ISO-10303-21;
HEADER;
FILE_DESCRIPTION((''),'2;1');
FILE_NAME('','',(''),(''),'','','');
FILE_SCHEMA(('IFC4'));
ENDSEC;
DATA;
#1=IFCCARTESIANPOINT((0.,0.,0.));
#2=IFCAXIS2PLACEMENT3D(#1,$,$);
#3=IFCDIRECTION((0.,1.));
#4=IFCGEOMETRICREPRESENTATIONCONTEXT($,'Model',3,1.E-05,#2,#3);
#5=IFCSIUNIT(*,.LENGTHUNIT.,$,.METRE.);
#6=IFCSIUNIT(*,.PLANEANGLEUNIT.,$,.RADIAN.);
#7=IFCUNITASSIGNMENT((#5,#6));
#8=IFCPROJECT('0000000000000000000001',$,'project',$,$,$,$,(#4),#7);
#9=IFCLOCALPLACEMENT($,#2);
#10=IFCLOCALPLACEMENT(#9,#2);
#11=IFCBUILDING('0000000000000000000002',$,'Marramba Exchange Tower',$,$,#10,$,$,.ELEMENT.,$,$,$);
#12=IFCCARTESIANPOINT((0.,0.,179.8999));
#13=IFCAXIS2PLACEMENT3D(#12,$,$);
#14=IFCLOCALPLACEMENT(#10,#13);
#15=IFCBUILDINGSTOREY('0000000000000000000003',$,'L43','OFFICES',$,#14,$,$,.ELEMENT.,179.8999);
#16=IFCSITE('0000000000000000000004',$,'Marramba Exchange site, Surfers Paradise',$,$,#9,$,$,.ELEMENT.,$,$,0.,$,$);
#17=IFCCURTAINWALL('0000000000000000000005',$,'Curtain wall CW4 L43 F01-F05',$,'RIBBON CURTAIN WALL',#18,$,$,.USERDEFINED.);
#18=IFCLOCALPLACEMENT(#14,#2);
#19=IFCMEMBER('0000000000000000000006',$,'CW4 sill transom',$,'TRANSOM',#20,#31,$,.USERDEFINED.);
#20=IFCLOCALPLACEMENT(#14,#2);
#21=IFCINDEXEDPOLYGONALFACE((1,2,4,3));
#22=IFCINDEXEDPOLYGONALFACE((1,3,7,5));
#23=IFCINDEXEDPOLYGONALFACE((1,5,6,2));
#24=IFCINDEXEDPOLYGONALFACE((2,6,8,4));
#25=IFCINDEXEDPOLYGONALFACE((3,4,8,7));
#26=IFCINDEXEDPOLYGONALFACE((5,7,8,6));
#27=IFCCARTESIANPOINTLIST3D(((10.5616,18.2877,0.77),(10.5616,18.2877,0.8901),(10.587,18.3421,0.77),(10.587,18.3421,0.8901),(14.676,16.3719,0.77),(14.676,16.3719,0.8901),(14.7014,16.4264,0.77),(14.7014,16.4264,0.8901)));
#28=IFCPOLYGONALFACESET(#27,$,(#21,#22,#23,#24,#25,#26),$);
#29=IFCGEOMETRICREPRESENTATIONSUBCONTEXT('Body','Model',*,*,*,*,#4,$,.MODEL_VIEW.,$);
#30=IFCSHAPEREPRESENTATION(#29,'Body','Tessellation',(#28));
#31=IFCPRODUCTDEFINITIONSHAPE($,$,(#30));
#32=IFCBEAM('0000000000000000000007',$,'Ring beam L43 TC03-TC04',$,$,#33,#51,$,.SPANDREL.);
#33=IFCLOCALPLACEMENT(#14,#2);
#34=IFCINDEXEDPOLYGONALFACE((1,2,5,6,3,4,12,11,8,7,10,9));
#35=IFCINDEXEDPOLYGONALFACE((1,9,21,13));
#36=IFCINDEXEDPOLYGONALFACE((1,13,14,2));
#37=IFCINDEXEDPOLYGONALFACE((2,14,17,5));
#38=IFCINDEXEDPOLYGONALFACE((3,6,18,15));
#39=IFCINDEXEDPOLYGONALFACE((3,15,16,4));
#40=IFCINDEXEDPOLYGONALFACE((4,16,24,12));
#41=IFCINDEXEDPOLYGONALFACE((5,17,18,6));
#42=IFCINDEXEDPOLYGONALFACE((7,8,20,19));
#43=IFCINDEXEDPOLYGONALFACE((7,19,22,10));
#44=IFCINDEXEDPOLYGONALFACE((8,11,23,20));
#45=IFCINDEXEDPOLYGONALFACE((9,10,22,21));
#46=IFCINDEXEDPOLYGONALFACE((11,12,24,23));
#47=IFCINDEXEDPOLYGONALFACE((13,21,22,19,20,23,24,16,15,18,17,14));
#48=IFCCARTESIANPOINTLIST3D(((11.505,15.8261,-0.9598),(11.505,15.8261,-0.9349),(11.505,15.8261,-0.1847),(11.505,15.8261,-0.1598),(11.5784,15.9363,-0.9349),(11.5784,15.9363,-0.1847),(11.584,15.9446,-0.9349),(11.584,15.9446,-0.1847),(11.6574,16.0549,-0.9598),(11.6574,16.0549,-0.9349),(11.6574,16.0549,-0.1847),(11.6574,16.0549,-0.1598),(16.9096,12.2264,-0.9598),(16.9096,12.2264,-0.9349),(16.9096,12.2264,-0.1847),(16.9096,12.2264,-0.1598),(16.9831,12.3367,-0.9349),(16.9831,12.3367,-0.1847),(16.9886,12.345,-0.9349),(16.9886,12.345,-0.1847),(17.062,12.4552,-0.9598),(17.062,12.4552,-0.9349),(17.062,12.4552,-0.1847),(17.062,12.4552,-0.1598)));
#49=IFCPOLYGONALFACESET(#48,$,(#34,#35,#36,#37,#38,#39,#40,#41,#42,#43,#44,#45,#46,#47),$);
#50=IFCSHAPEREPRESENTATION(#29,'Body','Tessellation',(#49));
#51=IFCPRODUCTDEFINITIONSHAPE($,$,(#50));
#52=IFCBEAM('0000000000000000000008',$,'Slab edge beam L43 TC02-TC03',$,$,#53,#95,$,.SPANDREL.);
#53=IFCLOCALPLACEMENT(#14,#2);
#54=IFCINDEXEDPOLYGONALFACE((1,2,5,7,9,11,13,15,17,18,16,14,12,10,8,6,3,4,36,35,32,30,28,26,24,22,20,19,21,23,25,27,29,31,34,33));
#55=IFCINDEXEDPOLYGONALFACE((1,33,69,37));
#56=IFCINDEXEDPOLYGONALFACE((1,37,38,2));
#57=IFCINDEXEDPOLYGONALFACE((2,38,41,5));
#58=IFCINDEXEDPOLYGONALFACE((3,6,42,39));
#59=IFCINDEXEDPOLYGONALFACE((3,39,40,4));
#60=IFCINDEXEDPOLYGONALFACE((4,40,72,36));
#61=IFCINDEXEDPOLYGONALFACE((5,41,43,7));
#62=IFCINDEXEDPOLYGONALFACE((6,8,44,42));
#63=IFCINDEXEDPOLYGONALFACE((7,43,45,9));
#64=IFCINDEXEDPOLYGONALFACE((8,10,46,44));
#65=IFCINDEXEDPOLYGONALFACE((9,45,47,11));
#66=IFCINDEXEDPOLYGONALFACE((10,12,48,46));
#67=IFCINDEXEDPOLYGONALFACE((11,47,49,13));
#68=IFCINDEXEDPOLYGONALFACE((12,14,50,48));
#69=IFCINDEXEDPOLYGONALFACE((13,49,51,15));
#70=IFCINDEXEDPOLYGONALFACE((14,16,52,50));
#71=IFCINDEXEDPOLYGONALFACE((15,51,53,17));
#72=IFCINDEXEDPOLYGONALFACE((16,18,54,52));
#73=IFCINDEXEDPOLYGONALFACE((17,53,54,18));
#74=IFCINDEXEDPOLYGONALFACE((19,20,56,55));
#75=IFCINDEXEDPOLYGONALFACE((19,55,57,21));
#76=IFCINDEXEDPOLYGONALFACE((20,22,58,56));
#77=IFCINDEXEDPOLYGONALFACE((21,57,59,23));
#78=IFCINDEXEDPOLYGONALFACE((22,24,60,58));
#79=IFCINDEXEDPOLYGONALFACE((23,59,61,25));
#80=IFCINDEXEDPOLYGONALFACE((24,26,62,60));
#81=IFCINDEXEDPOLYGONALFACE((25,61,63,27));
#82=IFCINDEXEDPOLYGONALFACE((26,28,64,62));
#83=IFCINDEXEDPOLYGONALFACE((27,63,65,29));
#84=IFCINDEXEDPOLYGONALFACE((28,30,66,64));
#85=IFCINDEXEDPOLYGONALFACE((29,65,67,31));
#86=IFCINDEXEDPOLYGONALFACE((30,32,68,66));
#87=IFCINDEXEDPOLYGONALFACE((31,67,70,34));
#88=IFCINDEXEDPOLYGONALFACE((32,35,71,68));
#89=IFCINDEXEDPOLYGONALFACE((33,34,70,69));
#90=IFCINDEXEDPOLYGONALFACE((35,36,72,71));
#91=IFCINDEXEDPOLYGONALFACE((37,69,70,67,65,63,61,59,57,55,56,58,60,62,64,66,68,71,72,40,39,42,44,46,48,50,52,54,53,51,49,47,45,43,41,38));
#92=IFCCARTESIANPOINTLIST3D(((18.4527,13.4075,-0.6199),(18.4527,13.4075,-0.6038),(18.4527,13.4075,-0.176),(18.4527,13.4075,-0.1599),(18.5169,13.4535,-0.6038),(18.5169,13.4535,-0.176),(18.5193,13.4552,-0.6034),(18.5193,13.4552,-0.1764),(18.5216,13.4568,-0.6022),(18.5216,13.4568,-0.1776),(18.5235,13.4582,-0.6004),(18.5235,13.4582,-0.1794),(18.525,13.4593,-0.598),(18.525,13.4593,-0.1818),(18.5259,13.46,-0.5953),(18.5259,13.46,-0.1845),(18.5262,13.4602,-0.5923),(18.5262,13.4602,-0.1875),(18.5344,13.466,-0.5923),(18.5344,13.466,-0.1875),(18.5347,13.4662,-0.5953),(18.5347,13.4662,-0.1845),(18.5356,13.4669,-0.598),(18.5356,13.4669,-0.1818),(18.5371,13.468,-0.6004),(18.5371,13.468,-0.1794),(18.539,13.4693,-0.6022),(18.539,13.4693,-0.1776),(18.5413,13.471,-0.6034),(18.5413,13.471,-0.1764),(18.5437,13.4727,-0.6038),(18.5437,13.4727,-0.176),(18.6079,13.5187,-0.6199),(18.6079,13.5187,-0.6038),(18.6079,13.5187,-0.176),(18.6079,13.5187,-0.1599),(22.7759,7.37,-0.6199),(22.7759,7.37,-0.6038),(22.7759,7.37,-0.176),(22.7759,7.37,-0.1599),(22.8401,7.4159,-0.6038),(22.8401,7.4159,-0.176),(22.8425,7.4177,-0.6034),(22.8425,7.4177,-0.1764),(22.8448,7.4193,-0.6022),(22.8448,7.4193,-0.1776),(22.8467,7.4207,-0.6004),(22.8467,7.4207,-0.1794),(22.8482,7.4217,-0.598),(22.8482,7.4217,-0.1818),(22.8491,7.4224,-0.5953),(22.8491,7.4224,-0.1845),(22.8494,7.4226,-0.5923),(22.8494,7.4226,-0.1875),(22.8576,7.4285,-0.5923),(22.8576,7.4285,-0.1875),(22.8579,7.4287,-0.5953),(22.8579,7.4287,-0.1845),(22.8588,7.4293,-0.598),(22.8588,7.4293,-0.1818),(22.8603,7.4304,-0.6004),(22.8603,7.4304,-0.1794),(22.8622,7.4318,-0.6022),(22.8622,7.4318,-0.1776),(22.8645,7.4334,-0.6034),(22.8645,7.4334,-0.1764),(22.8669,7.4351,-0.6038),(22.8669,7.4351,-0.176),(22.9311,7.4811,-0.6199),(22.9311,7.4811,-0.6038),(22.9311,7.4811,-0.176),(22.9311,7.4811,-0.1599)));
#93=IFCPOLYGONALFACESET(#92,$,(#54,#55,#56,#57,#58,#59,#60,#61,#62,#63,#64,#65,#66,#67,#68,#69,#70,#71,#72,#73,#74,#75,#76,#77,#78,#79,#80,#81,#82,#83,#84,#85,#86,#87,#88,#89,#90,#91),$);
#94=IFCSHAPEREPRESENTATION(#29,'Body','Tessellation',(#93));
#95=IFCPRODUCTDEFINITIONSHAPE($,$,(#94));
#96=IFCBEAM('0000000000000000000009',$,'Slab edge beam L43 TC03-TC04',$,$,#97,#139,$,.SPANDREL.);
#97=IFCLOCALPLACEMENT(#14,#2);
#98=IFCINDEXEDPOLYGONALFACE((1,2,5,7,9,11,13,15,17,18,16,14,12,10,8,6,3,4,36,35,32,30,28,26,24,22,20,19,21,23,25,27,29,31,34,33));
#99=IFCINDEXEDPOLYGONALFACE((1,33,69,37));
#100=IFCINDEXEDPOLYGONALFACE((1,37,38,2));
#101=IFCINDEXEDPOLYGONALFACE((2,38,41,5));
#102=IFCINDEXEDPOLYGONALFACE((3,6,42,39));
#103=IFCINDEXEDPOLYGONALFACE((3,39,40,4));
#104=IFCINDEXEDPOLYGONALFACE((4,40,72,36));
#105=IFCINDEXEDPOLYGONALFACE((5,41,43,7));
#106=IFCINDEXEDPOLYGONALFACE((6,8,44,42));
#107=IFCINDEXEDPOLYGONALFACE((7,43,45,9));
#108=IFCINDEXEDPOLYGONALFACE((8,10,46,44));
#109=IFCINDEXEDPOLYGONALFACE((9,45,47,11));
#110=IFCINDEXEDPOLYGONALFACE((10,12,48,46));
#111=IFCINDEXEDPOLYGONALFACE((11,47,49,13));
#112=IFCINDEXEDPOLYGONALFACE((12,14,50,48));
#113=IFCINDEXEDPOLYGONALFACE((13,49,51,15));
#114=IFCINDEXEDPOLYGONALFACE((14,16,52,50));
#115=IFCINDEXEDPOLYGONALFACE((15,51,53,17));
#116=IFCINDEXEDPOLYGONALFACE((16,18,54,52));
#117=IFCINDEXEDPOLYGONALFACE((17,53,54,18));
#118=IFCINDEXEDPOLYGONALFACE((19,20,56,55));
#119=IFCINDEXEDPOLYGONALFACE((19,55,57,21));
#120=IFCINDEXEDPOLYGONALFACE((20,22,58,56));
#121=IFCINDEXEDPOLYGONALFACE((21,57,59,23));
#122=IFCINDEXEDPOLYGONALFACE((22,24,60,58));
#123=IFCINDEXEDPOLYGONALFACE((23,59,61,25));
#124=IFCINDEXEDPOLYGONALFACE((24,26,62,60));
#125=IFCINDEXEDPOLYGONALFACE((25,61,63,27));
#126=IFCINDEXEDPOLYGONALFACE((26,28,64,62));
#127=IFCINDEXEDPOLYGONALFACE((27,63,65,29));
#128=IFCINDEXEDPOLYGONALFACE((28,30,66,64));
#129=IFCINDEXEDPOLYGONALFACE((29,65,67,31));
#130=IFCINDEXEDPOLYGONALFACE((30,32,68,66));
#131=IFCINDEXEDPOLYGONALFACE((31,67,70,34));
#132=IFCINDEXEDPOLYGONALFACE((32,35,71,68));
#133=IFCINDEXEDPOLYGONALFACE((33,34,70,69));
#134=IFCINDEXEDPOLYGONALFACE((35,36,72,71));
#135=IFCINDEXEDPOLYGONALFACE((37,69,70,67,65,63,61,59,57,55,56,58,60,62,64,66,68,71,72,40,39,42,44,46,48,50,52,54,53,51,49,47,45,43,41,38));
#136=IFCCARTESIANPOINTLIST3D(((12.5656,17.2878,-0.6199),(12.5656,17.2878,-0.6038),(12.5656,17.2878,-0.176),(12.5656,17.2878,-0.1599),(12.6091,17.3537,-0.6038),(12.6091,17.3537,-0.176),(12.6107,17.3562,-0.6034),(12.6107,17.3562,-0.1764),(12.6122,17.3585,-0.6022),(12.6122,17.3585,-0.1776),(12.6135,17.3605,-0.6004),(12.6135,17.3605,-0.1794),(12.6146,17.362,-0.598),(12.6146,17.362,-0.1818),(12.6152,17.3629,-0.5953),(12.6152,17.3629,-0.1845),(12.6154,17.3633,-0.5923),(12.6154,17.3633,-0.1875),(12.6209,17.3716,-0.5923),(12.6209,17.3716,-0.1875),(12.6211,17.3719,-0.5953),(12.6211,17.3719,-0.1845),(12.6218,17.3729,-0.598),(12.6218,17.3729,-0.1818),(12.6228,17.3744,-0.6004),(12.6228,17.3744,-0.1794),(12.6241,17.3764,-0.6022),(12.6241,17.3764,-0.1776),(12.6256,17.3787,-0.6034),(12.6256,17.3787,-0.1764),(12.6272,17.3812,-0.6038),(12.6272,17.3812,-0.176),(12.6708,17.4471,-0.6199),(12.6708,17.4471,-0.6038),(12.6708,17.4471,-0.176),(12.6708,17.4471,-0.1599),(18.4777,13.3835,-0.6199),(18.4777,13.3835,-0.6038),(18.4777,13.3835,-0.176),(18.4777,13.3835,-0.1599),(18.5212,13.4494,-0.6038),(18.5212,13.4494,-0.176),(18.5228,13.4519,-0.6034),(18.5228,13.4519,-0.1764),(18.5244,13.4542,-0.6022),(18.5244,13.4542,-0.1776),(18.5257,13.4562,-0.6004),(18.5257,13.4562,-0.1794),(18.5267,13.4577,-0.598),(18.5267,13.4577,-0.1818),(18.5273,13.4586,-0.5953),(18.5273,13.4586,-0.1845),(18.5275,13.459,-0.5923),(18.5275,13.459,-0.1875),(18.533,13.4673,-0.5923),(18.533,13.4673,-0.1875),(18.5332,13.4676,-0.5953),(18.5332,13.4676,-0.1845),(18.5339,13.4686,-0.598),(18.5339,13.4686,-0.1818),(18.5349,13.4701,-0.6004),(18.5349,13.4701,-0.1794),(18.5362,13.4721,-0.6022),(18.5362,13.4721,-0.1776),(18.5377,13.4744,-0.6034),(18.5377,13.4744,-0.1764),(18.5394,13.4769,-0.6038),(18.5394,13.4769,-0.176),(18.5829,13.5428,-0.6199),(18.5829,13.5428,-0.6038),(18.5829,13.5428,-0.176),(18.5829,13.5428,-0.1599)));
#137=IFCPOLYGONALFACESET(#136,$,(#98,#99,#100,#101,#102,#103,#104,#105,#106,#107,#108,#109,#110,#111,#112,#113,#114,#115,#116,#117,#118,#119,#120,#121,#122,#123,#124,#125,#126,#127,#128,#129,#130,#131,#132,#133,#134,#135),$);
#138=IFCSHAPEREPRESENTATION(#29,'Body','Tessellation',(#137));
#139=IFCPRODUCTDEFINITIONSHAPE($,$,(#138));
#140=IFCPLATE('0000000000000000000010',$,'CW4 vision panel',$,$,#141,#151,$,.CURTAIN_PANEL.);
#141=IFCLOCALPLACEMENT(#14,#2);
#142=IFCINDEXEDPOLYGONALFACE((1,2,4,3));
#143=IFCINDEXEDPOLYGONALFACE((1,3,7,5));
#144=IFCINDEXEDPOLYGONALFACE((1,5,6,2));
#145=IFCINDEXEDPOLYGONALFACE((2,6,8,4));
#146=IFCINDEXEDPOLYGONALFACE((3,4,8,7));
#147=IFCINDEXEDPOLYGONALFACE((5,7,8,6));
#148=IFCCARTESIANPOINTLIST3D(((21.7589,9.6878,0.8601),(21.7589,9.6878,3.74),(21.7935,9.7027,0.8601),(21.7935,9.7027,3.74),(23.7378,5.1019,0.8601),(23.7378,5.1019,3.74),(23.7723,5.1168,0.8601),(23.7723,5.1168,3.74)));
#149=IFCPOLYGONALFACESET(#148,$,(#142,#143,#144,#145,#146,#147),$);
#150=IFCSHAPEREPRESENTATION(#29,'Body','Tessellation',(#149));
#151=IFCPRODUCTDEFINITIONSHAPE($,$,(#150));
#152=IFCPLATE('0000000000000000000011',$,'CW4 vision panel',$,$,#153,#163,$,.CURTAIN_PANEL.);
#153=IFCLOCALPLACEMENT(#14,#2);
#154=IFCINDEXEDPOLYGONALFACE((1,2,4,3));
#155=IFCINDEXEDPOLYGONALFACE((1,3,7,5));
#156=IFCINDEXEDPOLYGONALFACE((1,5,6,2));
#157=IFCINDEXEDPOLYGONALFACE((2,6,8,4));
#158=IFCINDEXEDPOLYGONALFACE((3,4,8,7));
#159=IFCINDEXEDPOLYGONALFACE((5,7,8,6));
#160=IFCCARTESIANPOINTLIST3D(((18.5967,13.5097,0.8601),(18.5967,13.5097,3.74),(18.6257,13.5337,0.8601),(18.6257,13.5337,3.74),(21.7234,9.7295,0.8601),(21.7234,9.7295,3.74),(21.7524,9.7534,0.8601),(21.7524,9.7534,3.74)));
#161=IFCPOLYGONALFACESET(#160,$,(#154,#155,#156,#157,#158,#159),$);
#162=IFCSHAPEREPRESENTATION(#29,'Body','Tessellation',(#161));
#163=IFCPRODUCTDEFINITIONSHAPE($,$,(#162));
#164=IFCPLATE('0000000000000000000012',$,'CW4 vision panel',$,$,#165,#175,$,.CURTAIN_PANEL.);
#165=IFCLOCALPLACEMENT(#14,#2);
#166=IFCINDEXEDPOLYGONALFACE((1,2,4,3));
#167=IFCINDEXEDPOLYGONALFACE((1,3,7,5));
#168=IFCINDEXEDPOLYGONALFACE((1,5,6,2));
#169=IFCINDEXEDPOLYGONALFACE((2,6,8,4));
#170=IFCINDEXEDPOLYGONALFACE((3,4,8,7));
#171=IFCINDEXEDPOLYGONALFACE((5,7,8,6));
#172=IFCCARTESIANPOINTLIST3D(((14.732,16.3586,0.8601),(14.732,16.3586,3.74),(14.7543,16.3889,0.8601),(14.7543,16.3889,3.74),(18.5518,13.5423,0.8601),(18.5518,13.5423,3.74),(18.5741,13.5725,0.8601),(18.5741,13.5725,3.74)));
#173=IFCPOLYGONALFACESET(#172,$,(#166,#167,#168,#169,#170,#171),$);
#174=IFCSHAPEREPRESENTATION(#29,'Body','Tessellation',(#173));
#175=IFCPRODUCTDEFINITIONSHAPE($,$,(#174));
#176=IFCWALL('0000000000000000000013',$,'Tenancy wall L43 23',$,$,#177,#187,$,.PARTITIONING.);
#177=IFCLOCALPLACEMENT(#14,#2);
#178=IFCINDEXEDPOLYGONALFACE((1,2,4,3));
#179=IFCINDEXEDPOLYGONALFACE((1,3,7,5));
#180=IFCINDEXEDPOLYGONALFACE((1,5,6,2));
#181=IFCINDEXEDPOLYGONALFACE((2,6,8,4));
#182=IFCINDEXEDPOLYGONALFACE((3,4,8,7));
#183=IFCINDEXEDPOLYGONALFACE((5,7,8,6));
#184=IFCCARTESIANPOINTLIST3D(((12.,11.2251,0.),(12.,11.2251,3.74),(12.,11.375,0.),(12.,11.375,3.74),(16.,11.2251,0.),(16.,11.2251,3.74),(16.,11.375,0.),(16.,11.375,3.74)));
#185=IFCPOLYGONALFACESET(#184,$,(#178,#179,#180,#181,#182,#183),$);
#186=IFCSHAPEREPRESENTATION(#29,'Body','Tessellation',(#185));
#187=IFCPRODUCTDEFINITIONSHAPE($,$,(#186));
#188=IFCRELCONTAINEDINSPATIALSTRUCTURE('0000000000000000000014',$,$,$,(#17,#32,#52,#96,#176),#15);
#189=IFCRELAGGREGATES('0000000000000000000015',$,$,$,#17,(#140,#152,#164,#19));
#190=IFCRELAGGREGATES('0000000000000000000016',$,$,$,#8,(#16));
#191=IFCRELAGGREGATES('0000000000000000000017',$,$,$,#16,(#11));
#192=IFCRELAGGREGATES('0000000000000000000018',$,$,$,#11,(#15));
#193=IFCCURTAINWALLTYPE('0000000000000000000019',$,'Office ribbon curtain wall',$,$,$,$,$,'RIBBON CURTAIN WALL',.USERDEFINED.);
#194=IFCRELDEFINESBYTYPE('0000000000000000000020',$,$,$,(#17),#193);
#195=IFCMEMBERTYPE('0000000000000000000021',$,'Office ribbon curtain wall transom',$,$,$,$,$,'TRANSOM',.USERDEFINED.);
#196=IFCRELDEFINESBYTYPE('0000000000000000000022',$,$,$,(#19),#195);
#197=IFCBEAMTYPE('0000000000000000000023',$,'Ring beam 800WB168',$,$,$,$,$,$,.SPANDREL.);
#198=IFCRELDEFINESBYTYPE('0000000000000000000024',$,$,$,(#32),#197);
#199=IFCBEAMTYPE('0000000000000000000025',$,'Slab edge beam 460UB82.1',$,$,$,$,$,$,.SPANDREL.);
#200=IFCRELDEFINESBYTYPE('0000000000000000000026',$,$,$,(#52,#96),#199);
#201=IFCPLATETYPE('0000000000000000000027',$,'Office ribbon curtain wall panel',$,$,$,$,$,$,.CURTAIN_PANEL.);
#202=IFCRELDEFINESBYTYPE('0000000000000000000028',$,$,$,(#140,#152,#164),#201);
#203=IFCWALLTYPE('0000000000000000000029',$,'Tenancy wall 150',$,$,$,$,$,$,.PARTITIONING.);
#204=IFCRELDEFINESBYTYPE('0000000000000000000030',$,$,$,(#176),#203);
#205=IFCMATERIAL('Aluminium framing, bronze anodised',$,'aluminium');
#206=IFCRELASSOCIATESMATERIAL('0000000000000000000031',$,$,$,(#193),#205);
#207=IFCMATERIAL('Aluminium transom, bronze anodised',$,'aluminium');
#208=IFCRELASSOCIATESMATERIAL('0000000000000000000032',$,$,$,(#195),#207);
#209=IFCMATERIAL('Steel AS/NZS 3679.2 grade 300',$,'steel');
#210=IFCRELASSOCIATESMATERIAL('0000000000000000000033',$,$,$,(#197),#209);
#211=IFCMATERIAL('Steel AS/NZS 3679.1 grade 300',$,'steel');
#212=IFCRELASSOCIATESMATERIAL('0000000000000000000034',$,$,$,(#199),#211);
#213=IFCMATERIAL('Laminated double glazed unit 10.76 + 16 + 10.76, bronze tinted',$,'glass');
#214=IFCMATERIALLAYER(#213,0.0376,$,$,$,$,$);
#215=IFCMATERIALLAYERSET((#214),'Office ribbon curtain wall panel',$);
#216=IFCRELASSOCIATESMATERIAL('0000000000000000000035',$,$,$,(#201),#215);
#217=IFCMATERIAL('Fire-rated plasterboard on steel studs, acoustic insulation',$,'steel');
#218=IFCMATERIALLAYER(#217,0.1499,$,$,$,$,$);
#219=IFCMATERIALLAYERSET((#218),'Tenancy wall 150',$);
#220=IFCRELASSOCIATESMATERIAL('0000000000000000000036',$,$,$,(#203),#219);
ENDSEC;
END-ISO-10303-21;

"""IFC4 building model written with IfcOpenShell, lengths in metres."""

from ifc_helpers import new_model, si_unit, direction, frame, frame_2d, origin, origin_2d, place, context, subcontext, project, spatial, rectangle, i_section, extrude, material, layer, layer_set, material_profile, profile_set, type_object, element, aggregate, save


model = new_model("IFC4")

# Units and contexts
model_context = context("Model", 3, precision=1e-05, world=origin(), true_north=direction((0.0, 1.0)))
body_context = subcontext(model_context, "Body", "Model", "MODEL_VIEW")
ifc_project = project(units=[si_unit("LENGTHUNIT", "METRE"), si_unit("PLANEANGLEUNIT", "RADIAN")], contexts=[model_context])

# Site, building, storey
site_placement = place(None, origin())
site = spatial("IfcSite", under=ifc_project, at=site_placement, Name="Marramba Exchange site, Surfers Paradise", CompositionType="ELEMENT", RefElevation=0.0)
building_placement = place(site_placement, origin())
building = spatial("IfcBuilding", under=site, at=building_placement, Name="Marramba Exchange Tower", CompositionType="ELEMENT")
storey_placement = place(building_placement, frame((0.0, 0.0, 179.8999)))
storey = spatial("IfcBuildingStorey", under=building, at=storey_placement, Name="L43", Description="OFFICES", CompositionType="ELEMENT", Elevation=179.8999)

# Shared definitions
ifc_material_1 = material(Name="Steel AS/NZS 3679.2 grade 300", Category="steel")
ifc_material_2 = material(Name="Steel AS/NZS 3679.1 grade 300", Category="steel")

# Curtain wall, member
ifc_material_3 = material(Name="Aluminium framing, bronze anodised", Category="aluminium")
curtain_wall_type = type_object("IfcCurtainWallType", Name="Office ribbon curtain wall", ElementType="RIBBON CURTAIN WALL", PredefinedType="USERDEFINED", material=ifc_material_3)
curtain_wall_placement = place(storey_placement, origin())
curtain_wall = element("IfcCurtainWall", 1, at=curtain_wall_placement, inside=storey, type_object=curtain_wall_type, Name="Curtain wall CW4 L43 F01-F05", ObjectType="RIBBON CURTAIN WALL", PredefinedType="USERDEFINED")
ifc_material_4 = material(Name="Aluminium transom, bronze anodised", Category="aluminium")
ifc_material_profile_1 = material_profile(ifc_material_4, rectangle(XDim=0.0601, YDim=0.1201, at=origin_2d()), Name="CW4 transom 60x120")
ifc_profile_set_1 = profile_set([ifc_material_profile_1], Name="Aluminium transom, bronze anodised")
member_type_1 = type_object("IfcMemberType", Name="Office ribbon curtain wall transom", ElementType="TRANSOM", PredefinedType="USERDEFINED", material=ifc_profile_set_1)
member_1_placement = place(storey_placement, frame((14.6887, 16.3992, 0.8301), z_axis=(-0.906548, 0.422102, 0.0), x_axis=(-0.422102, -0.906548, 0.0)))
member_1 = element("IfcMember", 2, at=member_1_placement, type_object=member_type_1, Name="CW4 sill transom", ObjectType="TRANSOM", PredefinedType="USERDEFINED", context=body_context, shape_type="SweptSolid", body=[
    extrude(rectangle(XDim=0.0601, YDim=0.1201, at=origin_2d()), origin(), (0.0, 0.0, 1.0), 4.5386),
])

# Beams
ifc_material_profile_2 = material_profile(ifc_material_1, i_section(OverallWidth=0.2749, OverallDepth=0.8, WebThickness=0.01, FlangeThickness=0.0249, at=origin_2d()), Name="800WB168")
ifc_profile_set_2 = profile_set([ifc_material_profile_2], Name="Steel AS/NZS 3679.2 grade 300")
beam_type_1 = type_object("IfcBeamType", Name="Ring beam 800WB168", PredefinedType="SPANDREL", material=ifc_profile_set_2)
beam_1_placement = place(storey_placement, frame((16.9858, 12.3408, -0.5598), z_axis=(-0.832293, 0.554336, 0.0), x_axis=(-0.554336, -0.832293, 0.0)))
element("IfcBeam", 3, at=beam_1_placement, inside=storey, type_object=beam_type_1, Name="Ring beam L43 TC03-TC04", PredefinedType="SPANDREL", context=body_context, shape_type="SweptSolid", body=[
    extrude(i_section(OverallWidth=0.2749, OverallDepth=0.8, WebThickness=0.01, FlangeThickness=0.0249, at=origin_2d()), origin(), (0.0, 0.0, 1.0), 6.4937),
])
ifc_material_profile_3 = material_profile(ifc_material_2, i_section(OverallWidth=0.1909, OverallDepth=0.46, WebThickness=0.01, FlangeThickness=0.0161, FilletRadius=0.0115, at=origin_2d()), Name="460UB82.1")
ifc_profile_set_3 = profile_set([ifc_material_profile_3], Name="Steel AS/NZS 3679.1 grade 300")
beam_type_2 = type_object("IfcBeamType", Name="Slab edge beam 460UB82.1", PredefinedType="SPANDREL", material=ifc_profile_set_3)
beam_2_placement = place(storey_placement, frame((22.8535, 7.4255, -0.3899), z_axis=(-0.582189, 0.813053, 0.0), x_axis=(-0.813053, -0.582189, 0.0)))
element("IfcBeam", 4, at=beam_2_placement, inside=storey, type_object=beam_type_2, Name="Slab edge beam L43 TC02-TC03", PredefinedType="SPANDREL", context=body_context, shape_type="SweptSolid", body=[
    extrude(i_section(OverallWidth=0.1909, OverallDepth=0.46, WebThickness=0.01, FlangeThickness=0.0161, FilletRadius=0.0115, at=origin_2d()), origin(), (0.0, 0.0, 1.0), 7.4258),
])
beam_3_placement = place(storey_placement, frame((18.5303, 13.4631, -0.3899), z_axis=(-0.83446, 0.551069, 0.0), x_axis=(-0.551069, -0.83446, 0.0)))
element("IfcBeam", 5, at=beam_3_placement, inside=storey, type_object=beam_type_2, Name="Slab edge beam L43 TC03-TC04", PredefinedType="SPANDREL", context=body_context, shape_type="SweptSolid", body=[
    extrude(i_section(OverallWidth=0.1909, OverallDepth=0.46, WebThickness=0.01, FlangeThickness=0.0161, FilletRadius=0.0115, at=origin_2d()), origin(), (0.0, 0.0, 1.0), 7.085),
])

# Plates
ifc_material_5 = material(Name="Laminated double glazed unit 10.76 + 16 + 10.76, bronze tinted", Category="glass")
ifc_layer_1 = layer(ifc_material_5, 0.0376)
ifc_layer_set_1 = layer_set([ifc_layer_1], Name="Office ribbon curtain wall panel")
plate_type = type_object("IfcPlateType", Name="Office ribbon curtain wall panel", PredefinedType="CURTAIN_PANEL", material=ifc_layer_set_1)
plate_1_placement = place(storey_placement, frame((22.7656, 7.4023, 0.8601), z_axis=(0.0, 0.0, 1.0), x_axis=(-0.396193, 0.918167, 0.0)))
plate_1 = element("IfcPlate", 6, at=plate_1_placement, type_object=plate_type, Name="CW4 vision panel", PredefinedType="CURTAIN_PANEL", context=body_context, shape_type="SweptSolid", body=[
    extrude(rectangle(XDim=4.9946, YDim=0.0376, at=origin_2d()), origin(), (0.0, 0.0, 1.0), 2.8799),
])
plate_2_placement = place(storey_placement, frame((20.1746, 11.6316, 0.8601), z_axis=(0.0, 0.0, 1.0), x_axis=(-0.63735, 0.770574, 0.0)))
plate_2 = element("IfcPlate", 7, at=plate_2_placement, type_object=plate_type, Name="CW4 vision panel", PredefinedType="CURTAIN_PANEL", context=body_context, shape_type="SweptSolid", body=[
    extrude(rectangle(XDim=4.9058, YDim=0.0376, at=origin_2d()), origin(), (0.0, 0.0, 1.0), 2.8799),
])
plate_3_placement = place(storey_placement, frame((16.6531, 14.9656, 0.8601), z_axis=(0.0, 0.0, 1.0), x_axis=(-0.804877, 0.593441, 0.0)))
plate_3 = element("IfcPlate", 8, at=plate_3_placement, type_object=plate_type, Name="CW4 vision panel", PredefinedType="CURTAIN_PANEL", context=body_context, shape_type="SweptSolid", body=[
    extrude(rectangle(XDim=4.7458, YDim=0.0376, at=origin_2d()), origin(), (0.0, 0.0, 1.0), 2.8799),
])
aggregate(curtain_wall, [plate_1, plate_2, plate_3, member_1])

# Wall
ifc_material_6 = material(Name="Fire-rated plasterboard on steel studs, acoustic insulation", Category="steel")
ifc_layer_2 = layer(ifc_material_6, 0.1499)
ifc_layer_set_2 = layer_set([ifc_layer_2], Name="Tenancy wall 150")
wall_type_1 = type_object("IfcWallType", Name="Tenancy wall 150", PredefinedType="PARTITIONING", material=ifc_layer_set_2)
wall_1_placement = place(storey_placement, frame((16.0, 11.3, 0.0), z_axis=(0.0, 0.0, 1.0), x_axis=(-1.0, 0.0, 0.0)))
element("IfcWall", 9, at=wall_1_placement, inside=storey, type_object=wall_type_1, Name="Tenancy wall L43 23", PredefinedType="PARTITIONING", context=body_context, shape_type="SweptSolid", body=[
    extrude(rectangle(XDim=4.0, YDim=0.1499, at=frame_2d((2.0, 0.0))), origin(), (0.0, 0.0, 1.0), 3.74),
])

save(model, "model.ifc")
